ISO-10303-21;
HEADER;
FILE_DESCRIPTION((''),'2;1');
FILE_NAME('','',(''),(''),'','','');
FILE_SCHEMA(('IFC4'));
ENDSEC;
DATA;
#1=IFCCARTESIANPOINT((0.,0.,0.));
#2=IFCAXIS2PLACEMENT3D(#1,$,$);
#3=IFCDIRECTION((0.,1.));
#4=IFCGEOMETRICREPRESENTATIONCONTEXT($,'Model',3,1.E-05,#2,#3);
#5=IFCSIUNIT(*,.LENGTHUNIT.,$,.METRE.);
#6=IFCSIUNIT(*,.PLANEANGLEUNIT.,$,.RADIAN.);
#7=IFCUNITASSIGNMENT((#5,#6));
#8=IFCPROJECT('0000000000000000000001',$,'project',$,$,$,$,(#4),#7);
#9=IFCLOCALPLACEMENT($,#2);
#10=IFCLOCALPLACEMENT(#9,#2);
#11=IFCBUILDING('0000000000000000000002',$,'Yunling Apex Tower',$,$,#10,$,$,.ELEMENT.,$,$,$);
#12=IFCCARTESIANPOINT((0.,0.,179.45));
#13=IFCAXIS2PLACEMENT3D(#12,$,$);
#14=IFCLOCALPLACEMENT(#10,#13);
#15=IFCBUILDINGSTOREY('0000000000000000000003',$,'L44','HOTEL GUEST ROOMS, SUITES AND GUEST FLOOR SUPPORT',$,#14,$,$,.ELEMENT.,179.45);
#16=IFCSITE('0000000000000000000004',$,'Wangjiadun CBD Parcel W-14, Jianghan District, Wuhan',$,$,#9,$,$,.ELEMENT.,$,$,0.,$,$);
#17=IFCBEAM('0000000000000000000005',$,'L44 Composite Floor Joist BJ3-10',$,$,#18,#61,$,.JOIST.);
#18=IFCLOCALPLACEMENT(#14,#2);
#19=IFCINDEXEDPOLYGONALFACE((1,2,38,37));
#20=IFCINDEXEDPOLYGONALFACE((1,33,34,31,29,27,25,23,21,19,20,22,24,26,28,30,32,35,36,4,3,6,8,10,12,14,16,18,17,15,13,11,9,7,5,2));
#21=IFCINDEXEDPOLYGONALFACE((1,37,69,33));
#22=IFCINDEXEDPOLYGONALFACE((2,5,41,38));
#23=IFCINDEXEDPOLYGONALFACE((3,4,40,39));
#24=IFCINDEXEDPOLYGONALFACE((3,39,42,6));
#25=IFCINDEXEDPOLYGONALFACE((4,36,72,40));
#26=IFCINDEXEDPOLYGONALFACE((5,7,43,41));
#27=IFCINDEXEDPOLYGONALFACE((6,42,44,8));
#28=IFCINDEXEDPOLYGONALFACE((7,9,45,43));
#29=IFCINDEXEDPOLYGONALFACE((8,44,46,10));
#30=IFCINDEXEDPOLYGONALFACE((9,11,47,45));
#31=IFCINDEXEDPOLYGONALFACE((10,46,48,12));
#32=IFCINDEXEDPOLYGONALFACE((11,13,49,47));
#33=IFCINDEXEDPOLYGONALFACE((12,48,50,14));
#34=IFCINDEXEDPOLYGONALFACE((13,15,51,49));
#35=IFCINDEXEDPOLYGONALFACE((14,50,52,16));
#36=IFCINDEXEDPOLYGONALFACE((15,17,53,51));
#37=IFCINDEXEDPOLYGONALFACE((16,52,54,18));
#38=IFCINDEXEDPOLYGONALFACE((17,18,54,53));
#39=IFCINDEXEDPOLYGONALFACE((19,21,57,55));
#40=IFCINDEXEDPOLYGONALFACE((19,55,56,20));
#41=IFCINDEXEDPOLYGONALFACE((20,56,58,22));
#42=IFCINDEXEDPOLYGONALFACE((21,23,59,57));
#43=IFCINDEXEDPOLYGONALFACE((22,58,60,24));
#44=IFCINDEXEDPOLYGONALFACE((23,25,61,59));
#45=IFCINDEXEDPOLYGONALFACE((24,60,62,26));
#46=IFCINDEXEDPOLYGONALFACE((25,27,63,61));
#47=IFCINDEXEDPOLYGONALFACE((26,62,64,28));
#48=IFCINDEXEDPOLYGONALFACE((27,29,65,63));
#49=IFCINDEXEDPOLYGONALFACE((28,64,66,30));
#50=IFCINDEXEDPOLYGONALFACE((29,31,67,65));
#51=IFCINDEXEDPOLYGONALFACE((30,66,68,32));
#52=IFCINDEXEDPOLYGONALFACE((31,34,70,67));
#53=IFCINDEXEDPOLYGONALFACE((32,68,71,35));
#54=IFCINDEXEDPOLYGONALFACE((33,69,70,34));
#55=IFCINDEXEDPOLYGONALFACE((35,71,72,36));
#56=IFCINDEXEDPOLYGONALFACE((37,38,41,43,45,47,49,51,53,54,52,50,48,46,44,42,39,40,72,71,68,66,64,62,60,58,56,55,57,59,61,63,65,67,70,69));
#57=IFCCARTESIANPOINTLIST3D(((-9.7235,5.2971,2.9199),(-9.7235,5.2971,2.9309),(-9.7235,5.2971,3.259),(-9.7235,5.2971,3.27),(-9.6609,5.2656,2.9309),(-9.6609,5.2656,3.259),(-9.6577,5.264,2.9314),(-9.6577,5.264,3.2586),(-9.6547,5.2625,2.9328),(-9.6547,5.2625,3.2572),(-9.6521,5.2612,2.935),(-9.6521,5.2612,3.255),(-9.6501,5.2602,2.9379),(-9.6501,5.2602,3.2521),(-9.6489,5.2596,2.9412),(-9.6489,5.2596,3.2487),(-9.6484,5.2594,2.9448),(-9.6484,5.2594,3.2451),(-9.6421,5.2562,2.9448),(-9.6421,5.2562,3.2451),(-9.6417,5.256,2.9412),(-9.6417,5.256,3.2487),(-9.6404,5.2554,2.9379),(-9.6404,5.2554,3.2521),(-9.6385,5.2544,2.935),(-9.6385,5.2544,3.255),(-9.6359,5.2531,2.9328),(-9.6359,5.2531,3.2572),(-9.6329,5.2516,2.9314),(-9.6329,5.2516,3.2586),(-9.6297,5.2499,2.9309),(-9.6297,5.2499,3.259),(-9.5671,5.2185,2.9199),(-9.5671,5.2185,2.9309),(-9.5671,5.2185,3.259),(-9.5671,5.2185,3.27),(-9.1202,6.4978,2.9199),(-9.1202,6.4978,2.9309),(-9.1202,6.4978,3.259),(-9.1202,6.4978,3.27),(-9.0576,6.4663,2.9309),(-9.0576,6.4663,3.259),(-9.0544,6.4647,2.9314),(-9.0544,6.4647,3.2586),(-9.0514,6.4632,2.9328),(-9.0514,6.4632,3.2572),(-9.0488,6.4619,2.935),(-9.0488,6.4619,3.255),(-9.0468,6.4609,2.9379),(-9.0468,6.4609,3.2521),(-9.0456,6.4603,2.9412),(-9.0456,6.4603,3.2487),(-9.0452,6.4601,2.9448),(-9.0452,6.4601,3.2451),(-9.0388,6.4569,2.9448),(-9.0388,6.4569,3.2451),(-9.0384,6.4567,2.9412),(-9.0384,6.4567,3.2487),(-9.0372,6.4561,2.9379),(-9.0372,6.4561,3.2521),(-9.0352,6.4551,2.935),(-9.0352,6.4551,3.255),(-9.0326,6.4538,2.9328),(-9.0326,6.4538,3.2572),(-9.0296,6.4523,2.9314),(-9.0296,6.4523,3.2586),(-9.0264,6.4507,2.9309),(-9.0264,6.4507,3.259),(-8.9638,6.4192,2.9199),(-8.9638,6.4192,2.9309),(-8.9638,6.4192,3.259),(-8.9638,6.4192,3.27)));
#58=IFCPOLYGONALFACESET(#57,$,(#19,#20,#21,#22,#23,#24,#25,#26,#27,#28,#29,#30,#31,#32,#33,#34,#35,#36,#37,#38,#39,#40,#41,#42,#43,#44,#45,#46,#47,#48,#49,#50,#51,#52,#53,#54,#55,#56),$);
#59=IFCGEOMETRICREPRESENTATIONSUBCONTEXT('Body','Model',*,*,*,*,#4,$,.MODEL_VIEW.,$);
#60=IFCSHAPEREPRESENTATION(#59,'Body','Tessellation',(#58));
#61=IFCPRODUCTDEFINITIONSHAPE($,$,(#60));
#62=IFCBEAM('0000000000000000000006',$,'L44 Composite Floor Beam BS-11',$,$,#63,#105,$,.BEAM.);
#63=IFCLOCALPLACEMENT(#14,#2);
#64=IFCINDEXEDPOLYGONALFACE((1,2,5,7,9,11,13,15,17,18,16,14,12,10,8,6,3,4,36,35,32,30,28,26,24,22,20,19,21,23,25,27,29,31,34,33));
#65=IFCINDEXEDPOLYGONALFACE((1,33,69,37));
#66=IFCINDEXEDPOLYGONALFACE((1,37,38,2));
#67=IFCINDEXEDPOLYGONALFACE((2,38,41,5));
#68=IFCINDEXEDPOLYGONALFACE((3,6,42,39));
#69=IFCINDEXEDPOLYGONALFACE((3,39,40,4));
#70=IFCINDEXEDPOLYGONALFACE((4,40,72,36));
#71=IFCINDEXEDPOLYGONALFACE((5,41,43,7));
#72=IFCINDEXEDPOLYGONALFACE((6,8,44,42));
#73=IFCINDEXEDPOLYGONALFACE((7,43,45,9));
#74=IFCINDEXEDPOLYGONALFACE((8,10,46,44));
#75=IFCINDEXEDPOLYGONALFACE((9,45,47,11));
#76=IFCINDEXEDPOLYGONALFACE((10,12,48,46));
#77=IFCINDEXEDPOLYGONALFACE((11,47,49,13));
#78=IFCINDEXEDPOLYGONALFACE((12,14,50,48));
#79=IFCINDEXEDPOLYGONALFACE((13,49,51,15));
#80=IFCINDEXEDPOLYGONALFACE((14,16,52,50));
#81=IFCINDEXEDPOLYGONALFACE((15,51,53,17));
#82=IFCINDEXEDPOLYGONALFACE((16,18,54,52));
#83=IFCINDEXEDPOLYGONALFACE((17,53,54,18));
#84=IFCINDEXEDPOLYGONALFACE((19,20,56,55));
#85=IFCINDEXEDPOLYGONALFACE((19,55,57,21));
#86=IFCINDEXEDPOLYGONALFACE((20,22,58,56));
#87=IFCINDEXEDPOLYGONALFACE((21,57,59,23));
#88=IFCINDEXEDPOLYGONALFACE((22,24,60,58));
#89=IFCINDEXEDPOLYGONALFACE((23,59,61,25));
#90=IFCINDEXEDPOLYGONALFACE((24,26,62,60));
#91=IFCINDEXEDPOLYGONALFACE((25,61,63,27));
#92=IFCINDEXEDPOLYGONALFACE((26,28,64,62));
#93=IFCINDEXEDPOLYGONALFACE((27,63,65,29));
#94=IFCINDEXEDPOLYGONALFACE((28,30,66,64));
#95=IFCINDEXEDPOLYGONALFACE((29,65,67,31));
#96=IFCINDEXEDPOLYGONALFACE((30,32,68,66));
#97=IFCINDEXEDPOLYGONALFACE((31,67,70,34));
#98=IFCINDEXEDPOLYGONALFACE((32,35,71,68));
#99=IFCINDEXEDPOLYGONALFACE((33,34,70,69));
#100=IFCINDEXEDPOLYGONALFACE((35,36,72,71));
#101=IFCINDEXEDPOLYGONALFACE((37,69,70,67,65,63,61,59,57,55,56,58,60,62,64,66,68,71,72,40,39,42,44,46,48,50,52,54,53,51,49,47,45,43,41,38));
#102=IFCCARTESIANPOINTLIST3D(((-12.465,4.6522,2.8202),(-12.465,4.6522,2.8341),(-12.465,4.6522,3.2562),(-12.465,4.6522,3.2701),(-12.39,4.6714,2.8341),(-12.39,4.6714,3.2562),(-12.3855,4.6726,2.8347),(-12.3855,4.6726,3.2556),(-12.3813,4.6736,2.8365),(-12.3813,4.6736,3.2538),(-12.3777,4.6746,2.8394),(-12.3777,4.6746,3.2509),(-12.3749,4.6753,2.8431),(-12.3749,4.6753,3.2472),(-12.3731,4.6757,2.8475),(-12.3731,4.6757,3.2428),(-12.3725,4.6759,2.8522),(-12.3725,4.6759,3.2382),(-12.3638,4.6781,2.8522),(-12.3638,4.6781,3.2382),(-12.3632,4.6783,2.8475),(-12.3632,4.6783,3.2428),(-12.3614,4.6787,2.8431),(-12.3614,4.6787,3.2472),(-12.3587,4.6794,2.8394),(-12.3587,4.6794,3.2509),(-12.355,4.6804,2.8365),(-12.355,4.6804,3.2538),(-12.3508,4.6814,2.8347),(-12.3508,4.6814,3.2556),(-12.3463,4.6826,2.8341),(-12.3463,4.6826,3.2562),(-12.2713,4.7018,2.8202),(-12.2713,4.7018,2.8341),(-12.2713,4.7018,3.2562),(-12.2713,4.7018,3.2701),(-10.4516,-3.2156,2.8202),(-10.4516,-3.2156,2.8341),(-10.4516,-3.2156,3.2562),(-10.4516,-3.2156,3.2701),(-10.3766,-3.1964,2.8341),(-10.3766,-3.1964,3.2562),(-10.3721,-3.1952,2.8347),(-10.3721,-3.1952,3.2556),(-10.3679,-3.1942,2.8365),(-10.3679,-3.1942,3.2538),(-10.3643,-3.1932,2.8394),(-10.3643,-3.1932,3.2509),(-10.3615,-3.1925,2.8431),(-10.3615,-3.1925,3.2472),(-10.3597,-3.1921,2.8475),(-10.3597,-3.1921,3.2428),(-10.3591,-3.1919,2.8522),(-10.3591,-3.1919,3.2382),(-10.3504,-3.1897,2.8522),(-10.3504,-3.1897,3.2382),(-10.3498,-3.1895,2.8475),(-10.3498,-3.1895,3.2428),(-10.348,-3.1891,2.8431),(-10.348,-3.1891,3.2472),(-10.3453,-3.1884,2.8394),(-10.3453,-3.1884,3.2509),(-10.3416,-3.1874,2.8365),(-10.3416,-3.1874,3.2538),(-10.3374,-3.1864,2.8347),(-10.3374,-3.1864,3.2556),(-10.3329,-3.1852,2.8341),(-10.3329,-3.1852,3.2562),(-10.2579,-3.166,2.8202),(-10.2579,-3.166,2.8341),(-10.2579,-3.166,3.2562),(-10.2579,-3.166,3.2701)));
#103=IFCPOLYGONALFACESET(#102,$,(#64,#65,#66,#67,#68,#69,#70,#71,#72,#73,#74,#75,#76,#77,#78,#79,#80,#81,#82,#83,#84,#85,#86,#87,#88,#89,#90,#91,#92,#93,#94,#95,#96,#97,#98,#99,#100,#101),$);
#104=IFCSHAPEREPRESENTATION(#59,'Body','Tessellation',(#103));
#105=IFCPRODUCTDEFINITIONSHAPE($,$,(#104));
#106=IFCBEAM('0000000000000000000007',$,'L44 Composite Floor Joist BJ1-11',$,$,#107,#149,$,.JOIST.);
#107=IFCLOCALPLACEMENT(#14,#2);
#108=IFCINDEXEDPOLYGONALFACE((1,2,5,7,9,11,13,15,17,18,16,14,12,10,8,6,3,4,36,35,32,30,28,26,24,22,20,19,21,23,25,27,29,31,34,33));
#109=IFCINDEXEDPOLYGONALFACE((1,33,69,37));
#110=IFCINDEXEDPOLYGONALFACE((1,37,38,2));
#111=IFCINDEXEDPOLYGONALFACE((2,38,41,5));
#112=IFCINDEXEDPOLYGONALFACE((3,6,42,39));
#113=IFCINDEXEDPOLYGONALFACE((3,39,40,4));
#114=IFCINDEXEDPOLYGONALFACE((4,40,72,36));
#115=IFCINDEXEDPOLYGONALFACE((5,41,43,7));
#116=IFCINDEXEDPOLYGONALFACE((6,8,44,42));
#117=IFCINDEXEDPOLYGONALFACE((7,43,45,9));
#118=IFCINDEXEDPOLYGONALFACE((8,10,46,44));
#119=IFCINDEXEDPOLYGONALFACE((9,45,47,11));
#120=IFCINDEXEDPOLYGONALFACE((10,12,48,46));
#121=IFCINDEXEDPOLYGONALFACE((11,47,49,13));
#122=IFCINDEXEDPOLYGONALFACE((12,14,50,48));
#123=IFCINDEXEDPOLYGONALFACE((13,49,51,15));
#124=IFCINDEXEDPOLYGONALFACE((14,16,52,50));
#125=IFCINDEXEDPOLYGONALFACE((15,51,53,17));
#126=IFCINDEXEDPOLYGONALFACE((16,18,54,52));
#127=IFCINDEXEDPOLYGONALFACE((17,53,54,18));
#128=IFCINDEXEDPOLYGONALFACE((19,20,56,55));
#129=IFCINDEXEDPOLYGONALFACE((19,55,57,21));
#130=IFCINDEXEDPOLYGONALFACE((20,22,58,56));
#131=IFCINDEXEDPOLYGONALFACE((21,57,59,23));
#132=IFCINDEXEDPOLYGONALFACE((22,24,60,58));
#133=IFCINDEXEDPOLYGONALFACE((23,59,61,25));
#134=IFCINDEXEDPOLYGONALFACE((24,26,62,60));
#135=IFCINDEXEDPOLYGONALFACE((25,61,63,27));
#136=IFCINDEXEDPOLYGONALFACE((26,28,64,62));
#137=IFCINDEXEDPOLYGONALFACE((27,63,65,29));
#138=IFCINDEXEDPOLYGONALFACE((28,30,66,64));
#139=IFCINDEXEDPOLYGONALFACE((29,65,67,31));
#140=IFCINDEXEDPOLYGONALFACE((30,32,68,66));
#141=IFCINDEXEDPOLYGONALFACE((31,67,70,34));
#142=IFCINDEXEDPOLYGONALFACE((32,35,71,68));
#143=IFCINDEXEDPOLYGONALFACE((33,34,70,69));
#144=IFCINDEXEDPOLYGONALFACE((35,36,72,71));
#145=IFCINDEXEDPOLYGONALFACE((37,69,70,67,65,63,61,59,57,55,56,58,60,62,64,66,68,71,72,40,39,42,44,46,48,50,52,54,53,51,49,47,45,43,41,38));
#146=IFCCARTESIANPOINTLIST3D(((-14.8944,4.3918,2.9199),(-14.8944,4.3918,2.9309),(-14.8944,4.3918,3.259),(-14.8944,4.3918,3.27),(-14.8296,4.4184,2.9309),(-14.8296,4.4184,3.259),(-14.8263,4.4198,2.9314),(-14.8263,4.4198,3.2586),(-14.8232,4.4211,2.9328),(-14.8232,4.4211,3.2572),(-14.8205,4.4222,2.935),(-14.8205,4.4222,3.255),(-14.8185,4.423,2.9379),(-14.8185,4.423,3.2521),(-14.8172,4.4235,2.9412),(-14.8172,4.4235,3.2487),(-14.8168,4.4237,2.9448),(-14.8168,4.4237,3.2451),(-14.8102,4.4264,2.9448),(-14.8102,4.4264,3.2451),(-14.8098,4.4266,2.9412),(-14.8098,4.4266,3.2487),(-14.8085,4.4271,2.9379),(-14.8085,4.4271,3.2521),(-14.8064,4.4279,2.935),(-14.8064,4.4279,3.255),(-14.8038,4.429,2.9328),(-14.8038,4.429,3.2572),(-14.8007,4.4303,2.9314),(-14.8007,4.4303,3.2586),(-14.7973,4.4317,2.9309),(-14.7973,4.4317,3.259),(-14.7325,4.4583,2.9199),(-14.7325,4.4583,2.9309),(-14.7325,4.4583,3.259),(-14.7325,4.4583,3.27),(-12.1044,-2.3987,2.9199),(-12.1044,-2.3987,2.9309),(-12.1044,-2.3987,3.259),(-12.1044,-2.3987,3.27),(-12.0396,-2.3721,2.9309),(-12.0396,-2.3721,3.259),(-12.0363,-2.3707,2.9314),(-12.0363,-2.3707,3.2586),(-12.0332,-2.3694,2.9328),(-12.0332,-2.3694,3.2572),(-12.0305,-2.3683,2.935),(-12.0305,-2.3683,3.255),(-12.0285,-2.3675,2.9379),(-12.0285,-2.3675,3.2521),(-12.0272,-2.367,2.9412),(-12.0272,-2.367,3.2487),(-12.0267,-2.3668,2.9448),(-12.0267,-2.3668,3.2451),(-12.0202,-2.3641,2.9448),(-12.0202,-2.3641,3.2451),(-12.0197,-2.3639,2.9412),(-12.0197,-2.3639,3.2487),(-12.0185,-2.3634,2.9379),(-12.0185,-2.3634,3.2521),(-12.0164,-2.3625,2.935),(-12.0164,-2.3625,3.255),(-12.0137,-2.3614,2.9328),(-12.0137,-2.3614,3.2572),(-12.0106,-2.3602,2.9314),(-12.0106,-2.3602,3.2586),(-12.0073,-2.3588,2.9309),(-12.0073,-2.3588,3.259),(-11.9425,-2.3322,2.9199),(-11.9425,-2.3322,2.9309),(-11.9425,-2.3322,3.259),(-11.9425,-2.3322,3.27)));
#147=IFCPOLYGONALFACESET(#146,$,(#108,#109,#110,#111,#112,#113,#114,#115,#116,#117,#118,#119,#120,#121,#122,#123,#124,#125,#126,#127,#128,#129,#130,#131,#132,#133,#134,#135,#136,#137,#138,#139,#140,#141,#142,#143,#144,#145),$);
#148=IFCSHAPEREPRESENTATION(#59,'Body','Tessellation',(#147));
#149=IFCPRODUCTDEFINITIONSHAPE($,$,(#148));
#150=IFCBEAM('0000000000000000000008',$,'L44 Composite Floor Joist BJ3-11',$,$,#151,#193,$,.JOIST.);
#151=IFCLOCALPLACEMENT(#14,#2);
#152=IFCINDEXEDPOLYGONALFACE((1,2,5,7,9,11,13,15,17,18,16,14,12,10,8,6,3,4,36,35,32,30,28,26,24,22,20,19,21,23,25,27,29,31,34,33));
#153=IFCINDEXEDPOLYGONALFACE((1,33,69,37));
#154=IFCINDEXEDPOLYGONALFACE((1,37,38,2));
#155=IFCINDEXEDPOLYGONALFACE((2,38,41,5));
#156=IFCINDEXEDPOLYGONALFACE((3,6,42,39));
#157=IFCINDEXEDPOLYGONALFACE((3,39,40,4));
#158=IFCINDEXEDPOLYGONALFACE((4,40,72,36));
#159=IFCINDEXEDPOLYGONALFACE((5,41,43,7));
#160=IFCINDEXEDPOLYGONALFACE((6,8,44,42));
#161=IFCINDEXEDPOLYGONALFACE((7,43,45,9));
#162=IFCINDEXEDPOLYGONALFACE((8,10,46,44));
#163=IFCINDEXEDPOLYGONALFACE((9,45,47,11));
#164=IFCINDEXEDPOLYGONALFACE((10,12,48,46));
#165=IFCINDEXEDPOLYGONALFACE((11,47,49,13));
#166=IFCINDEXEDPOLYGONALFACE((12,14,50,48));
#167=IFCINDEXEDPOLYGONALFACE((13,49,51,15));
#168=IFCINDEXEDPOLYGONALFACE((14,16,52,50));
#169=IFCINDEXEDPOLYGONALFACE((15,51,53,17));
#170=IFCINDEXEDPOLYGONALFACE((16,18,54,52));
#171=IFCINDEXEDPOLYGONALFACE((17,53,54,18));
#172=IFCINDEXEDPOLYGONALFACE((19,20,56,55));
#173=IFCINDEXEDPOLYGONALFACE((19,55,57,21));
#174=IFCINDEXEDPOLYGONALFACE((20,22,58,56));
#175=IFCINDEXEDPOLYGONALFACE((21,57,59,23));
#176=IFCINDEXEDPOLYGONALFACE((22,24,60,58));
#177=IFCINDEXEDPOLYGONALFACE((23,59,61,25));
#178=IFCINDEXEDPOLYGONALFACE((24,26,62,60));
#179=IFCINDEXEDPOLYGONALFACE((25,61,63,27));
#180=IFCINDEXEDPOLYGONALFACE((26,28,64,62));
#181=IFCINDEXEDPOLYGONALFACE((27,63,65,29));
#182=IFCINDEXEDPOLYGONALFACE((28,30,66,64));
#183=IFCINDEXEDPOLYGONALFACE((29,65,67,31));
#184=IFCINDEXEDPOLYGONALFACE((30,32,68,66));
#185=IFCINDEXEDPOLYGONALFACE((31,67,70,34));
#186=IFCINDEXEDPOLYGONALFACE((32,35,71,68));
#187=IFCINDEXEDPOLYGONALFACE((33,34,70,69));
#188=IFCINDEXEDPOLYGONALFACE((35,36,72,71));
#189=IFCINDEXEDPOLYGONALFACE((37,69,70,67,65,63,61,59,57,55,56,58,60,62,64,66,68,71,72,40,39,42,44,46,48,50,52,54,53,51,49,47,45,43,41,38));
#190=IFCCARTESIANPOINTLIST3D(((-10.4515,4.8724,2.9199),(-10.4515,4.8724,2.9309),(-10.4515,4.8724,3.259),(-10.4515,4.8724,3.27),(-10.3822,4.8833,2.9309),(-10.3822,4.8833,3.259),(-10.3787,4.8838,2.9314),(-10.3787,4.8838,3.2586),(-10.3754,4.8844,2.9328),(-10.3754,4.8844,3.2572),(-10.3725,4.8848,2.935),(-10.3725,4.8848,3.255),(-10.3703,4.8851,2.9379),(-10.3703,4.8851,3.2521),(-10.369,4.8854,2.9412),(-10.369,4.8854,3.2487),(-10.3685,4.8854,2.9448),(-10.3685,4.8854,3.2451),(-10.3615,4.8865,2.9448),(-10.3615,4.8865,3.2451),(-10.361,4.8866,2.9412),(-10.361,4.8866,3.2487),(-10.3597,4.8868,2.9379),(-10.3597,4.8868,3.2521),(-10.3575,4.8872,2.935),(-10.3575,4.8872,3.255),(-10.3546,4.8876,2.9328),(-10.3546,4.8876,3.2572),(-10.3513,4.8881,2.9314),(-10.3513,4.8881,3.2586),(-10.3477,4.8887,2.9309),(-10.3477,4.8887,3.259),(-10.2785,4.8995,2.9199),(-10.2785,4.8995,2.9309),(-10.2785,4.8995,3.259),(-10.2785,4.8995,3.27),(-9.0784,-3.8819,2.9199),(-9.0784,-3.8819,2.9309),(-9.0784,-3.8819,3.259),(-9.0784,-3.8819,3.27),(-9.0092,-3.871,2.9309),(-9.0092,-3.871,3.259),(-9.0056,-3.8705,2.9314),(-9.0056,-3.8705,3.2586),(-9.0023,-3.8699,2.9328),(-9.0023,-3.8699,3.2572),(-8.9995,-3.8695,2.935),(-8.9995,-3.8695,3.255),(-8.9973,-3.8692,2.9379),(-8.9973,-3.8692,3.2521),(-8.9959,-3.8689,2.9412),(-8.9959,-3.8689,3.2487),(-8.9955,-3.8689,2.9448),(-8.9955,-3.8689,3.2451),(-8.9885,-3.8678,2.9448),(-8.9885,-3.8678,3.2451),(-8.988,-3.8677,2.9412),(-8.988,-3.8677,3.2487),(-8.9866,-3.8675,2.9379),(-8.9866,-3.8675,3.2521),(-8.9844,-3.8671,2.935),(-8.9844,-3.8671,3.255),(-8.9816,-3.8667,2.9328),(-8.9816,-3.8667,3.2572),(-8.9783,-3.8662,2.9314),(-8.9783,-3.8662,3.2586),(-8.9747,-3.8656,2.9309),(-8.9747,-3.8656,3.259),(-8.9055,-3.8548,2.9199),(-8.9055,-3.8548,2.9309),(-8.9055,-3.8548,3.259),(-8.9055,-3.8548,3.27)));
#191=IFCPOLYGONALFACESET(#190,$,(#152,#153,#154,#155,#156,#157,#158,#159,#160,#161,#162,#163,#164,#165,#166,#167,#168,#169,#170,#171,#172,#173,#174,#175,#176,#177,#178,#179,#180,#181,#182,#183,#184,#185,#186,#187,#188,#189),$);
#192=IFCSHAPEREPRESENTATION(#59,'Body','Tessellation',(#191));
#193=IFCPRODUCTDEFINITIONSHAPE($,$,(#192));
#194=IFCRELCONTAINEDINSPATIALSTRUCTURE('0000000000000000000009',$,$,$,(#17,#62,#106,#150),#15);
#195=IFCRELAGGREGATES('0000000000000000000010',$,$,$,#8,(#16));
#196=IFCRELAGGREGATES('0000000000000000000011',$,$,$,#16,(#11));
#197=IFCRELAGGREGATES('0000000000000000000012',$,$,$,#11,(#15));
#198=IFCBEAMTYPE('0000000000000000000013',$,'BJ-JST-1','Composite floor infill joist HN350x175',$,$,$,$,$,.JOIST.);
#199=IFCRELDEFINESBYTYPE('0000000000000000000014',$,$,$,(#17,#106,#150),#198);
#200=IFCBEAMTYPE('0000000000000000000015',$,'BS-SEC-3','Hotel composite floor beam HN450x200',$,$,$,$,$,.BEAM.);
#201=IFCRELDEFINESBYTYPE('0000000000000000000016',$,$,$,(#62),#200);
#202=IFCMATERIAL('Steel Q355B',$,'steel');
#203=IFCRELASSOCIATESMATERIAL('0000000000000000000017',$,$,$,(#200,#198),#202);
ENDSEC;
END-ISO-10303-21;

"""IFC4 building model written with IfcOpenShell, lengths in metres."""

from ifc_helpers import new_model, si_unit, direction, frame, origin, origin_2d, place, context, subcontext, project, spatial, i_section, extrude, source, transform, mapped, material, material_profile, profile_set, type_object, element, save


model = new_model("IFC4")

# Units and contexts
model_context = context("Model", 3, precision=1e-05, world=origin(), true_north=direction((0.0, 1.0)))
body_context = subcontext(model_context, "Body", "Model", "MODEL_VIEW")
ifc_project = project(units=[si_unit("LENGTHUNIT", "METRE"), si_unit("PLANEANGLEUNIT", "RADIAN")], contexts=[model_context])

# Site, building, storey
site_placement = place(None, origin())
site = spatial("IfcSite", under=ifc_project, at=site_placement, Name="Wangjiadun CBD Parcel W-14, Jianghan District, Wuhan", CompositionType="ELEMENT", RefElevation=0.0)
building_placement = place(site_placement, origin())
building = spatial("IfcBuilding", under=site, at=building_placement, Name="Yunling Apex Tower", CompositionType="ELEMENT")
storey_placement = place(building_placement, frame((0.0, 0.0, 179.45)))
storey = spatial("IfcBuildingStorey", under=building, at=storey_placement, Name="L44", Description="HOTEL GUEST ROOMS, SUITES AND GUEST FLOOR SUPPORT", CompositionType="ELEMENT", Elevation=179.45)

# Beams
ifc_material_1 = material(Name="Steel Q355B", Category="steel")
ifc_material_profile_1 = material_profile(ifc_material_1, i_section(OverallWidth=0.2, OverallDepth=0.45, WebThickness=0.009, FlangeThickness=0.0139, FilletRadius=0.0181, at=origin_2d()))
ifc_profile_set_1 = profile_set([ifc_material_profile_1], Name="Steel Q355B")
beam_type_1 = type_object("IfcBeamType", Name="BS-SEC-3", Description="Hotel composite floor beam HN450x200", PredefinedType="BEAM", material=ifc_profile_set_1)
ifc_material_profile_2 = material_profile(ifc_material_1, i_section(OverallWidth=0.175, OverallDepth=0.3501, WebThickness=0.0071, FlangeThickness=0.011, FilletRadius=0.0139, at=origin_2d()))
ifc_profile_set_2 = profile_set([ifc_material_profile_2], Name="Steel Q355B")
beam_type_2 = type_object("IfcBeamType", Name="BJ-JST-1", Description="Composite floor infill joist HN350x175", PredefinedType="JOIST", material=ifc_profile_set_2)
shared_shape_1 = source(origin(), body_context, "Body", "SweptSolid", [
    extrude(i_section(OverallWidth=0.175, OverallDepth=0.3501, WebThickness=0.0071, FlangeThickness=0.011, FilletRadius=0.0139, at=origin_2d()), origin(), (0.0, 0.0, 1.0), 1.3438),
])
beam_1_placement = place(storey_placement, frame((-9.042, 6.4585, 3.095), z_axis=(-0.448957, -0.893553, 0.0), x_axis=(0.893553, -0.448957, 0.0)))
element("IfcBeam", 1, at=beam_1_placement, inside=storey, type_object=beam_type_2, Name="L44 Composite Floor Joist BJ3-10", PredefinedType="JOIST", context=body_context, shape_type="MappedRepresentation", body=[
    mapped(shared_shape_1, transform((0.0, 0.0, 0.0), scale=1.0)),
])
shared_shape_2 = source(origin(), body_context, "Body", "SweptSolid", [
    extrude(i_section(OverallWidth=0.2, OverallDepth=0.45, WebThickness=0.009, FlangeThickness=0.0139, FilletRadius=0.0181, at=origin_2d()), origin(), (0.0, 0.0, 1.0), 8.1213),
])
beam_2_placement = place(storey_placement, frame((-12.3682, 4.677, 3.0452), z_axis=(0.247915, -0.968782, 0.0), x_axis=(0.968782, 0.247915, 0.0)))
element("IfcBeam", 2, at=beam_2_placement, inside=storey, type_object=beam_type_1, Name="L44 Composite Floor Beam BS-11", PredefinedType="BEAM", context=body_context, shape_type="MappedRepresentation", body=[
    mapped(shared_shape_2, transform((0.0, 0.0, 0.0), scale=1.0)),
])
shared_shape_3 = source(origin(), body_context, "Body", "SweptSolid", [
    extrude(i_section(OverallWidth=0.175, OverallDepth=0.3501, WebThickness=0.0071, FlangeThickness=0.011, FilletRadius=0.0139, at=origin_2d()), origin(), (0.0, 0.0, 1.0), 7.3413),
])
beam_3_placement = place(storey_placement, frame((-14.8135, 4.425, 3.095), z_axis=(0.380044, -0.924968, 0.0), x_axis=(0.924968, 0.380044, 0.0)))
element("IfcBeam", 3, at=beam_3_placement, inside=storey, type_object=beam_type_2, Name="L44 Composite Floor Joist BJ1-11", PredefinedType="JOIST", context=body_context, shape_type="MappedRepresentation", body=[
    mapped(shared_shape_3, transform((0.0, 0.0, 0.0), scale=1.0)),
])
shared_shape_4 = source(origin(), body_context, "Body", "SweptSolid", [
    extrude(i_section(OverallWidth=0.175, OverallDepth=0.3501, WebThickness=0.0071, FlangeThickness=0.011, FilletRadius=0.0139, at=origin_2d()), origin(), (0.0, 0.0, 1.0), 8.8613),
])
beam_4_placement = place(storey_placement, frame((-10.365, 4.886, 3.095), z_axis=(0.154947, -0.987923, 0.0), x_axis=(0.987923, 0.154947, 0.0)))
element("IfcBeam", 4, at=beam_4_placement, inside=storey, type_object=beam_type_2, Name="L44 Composite Floor Joist BJ3-11", PredefinedType="JOIST", context=body_context, shape_type="MappedRepresentation", body=[
    mapped(shared_shape_4, transform((0.0, 0.0, 0.0), scale=1.0)),
])

save(model, "model.ifc")
